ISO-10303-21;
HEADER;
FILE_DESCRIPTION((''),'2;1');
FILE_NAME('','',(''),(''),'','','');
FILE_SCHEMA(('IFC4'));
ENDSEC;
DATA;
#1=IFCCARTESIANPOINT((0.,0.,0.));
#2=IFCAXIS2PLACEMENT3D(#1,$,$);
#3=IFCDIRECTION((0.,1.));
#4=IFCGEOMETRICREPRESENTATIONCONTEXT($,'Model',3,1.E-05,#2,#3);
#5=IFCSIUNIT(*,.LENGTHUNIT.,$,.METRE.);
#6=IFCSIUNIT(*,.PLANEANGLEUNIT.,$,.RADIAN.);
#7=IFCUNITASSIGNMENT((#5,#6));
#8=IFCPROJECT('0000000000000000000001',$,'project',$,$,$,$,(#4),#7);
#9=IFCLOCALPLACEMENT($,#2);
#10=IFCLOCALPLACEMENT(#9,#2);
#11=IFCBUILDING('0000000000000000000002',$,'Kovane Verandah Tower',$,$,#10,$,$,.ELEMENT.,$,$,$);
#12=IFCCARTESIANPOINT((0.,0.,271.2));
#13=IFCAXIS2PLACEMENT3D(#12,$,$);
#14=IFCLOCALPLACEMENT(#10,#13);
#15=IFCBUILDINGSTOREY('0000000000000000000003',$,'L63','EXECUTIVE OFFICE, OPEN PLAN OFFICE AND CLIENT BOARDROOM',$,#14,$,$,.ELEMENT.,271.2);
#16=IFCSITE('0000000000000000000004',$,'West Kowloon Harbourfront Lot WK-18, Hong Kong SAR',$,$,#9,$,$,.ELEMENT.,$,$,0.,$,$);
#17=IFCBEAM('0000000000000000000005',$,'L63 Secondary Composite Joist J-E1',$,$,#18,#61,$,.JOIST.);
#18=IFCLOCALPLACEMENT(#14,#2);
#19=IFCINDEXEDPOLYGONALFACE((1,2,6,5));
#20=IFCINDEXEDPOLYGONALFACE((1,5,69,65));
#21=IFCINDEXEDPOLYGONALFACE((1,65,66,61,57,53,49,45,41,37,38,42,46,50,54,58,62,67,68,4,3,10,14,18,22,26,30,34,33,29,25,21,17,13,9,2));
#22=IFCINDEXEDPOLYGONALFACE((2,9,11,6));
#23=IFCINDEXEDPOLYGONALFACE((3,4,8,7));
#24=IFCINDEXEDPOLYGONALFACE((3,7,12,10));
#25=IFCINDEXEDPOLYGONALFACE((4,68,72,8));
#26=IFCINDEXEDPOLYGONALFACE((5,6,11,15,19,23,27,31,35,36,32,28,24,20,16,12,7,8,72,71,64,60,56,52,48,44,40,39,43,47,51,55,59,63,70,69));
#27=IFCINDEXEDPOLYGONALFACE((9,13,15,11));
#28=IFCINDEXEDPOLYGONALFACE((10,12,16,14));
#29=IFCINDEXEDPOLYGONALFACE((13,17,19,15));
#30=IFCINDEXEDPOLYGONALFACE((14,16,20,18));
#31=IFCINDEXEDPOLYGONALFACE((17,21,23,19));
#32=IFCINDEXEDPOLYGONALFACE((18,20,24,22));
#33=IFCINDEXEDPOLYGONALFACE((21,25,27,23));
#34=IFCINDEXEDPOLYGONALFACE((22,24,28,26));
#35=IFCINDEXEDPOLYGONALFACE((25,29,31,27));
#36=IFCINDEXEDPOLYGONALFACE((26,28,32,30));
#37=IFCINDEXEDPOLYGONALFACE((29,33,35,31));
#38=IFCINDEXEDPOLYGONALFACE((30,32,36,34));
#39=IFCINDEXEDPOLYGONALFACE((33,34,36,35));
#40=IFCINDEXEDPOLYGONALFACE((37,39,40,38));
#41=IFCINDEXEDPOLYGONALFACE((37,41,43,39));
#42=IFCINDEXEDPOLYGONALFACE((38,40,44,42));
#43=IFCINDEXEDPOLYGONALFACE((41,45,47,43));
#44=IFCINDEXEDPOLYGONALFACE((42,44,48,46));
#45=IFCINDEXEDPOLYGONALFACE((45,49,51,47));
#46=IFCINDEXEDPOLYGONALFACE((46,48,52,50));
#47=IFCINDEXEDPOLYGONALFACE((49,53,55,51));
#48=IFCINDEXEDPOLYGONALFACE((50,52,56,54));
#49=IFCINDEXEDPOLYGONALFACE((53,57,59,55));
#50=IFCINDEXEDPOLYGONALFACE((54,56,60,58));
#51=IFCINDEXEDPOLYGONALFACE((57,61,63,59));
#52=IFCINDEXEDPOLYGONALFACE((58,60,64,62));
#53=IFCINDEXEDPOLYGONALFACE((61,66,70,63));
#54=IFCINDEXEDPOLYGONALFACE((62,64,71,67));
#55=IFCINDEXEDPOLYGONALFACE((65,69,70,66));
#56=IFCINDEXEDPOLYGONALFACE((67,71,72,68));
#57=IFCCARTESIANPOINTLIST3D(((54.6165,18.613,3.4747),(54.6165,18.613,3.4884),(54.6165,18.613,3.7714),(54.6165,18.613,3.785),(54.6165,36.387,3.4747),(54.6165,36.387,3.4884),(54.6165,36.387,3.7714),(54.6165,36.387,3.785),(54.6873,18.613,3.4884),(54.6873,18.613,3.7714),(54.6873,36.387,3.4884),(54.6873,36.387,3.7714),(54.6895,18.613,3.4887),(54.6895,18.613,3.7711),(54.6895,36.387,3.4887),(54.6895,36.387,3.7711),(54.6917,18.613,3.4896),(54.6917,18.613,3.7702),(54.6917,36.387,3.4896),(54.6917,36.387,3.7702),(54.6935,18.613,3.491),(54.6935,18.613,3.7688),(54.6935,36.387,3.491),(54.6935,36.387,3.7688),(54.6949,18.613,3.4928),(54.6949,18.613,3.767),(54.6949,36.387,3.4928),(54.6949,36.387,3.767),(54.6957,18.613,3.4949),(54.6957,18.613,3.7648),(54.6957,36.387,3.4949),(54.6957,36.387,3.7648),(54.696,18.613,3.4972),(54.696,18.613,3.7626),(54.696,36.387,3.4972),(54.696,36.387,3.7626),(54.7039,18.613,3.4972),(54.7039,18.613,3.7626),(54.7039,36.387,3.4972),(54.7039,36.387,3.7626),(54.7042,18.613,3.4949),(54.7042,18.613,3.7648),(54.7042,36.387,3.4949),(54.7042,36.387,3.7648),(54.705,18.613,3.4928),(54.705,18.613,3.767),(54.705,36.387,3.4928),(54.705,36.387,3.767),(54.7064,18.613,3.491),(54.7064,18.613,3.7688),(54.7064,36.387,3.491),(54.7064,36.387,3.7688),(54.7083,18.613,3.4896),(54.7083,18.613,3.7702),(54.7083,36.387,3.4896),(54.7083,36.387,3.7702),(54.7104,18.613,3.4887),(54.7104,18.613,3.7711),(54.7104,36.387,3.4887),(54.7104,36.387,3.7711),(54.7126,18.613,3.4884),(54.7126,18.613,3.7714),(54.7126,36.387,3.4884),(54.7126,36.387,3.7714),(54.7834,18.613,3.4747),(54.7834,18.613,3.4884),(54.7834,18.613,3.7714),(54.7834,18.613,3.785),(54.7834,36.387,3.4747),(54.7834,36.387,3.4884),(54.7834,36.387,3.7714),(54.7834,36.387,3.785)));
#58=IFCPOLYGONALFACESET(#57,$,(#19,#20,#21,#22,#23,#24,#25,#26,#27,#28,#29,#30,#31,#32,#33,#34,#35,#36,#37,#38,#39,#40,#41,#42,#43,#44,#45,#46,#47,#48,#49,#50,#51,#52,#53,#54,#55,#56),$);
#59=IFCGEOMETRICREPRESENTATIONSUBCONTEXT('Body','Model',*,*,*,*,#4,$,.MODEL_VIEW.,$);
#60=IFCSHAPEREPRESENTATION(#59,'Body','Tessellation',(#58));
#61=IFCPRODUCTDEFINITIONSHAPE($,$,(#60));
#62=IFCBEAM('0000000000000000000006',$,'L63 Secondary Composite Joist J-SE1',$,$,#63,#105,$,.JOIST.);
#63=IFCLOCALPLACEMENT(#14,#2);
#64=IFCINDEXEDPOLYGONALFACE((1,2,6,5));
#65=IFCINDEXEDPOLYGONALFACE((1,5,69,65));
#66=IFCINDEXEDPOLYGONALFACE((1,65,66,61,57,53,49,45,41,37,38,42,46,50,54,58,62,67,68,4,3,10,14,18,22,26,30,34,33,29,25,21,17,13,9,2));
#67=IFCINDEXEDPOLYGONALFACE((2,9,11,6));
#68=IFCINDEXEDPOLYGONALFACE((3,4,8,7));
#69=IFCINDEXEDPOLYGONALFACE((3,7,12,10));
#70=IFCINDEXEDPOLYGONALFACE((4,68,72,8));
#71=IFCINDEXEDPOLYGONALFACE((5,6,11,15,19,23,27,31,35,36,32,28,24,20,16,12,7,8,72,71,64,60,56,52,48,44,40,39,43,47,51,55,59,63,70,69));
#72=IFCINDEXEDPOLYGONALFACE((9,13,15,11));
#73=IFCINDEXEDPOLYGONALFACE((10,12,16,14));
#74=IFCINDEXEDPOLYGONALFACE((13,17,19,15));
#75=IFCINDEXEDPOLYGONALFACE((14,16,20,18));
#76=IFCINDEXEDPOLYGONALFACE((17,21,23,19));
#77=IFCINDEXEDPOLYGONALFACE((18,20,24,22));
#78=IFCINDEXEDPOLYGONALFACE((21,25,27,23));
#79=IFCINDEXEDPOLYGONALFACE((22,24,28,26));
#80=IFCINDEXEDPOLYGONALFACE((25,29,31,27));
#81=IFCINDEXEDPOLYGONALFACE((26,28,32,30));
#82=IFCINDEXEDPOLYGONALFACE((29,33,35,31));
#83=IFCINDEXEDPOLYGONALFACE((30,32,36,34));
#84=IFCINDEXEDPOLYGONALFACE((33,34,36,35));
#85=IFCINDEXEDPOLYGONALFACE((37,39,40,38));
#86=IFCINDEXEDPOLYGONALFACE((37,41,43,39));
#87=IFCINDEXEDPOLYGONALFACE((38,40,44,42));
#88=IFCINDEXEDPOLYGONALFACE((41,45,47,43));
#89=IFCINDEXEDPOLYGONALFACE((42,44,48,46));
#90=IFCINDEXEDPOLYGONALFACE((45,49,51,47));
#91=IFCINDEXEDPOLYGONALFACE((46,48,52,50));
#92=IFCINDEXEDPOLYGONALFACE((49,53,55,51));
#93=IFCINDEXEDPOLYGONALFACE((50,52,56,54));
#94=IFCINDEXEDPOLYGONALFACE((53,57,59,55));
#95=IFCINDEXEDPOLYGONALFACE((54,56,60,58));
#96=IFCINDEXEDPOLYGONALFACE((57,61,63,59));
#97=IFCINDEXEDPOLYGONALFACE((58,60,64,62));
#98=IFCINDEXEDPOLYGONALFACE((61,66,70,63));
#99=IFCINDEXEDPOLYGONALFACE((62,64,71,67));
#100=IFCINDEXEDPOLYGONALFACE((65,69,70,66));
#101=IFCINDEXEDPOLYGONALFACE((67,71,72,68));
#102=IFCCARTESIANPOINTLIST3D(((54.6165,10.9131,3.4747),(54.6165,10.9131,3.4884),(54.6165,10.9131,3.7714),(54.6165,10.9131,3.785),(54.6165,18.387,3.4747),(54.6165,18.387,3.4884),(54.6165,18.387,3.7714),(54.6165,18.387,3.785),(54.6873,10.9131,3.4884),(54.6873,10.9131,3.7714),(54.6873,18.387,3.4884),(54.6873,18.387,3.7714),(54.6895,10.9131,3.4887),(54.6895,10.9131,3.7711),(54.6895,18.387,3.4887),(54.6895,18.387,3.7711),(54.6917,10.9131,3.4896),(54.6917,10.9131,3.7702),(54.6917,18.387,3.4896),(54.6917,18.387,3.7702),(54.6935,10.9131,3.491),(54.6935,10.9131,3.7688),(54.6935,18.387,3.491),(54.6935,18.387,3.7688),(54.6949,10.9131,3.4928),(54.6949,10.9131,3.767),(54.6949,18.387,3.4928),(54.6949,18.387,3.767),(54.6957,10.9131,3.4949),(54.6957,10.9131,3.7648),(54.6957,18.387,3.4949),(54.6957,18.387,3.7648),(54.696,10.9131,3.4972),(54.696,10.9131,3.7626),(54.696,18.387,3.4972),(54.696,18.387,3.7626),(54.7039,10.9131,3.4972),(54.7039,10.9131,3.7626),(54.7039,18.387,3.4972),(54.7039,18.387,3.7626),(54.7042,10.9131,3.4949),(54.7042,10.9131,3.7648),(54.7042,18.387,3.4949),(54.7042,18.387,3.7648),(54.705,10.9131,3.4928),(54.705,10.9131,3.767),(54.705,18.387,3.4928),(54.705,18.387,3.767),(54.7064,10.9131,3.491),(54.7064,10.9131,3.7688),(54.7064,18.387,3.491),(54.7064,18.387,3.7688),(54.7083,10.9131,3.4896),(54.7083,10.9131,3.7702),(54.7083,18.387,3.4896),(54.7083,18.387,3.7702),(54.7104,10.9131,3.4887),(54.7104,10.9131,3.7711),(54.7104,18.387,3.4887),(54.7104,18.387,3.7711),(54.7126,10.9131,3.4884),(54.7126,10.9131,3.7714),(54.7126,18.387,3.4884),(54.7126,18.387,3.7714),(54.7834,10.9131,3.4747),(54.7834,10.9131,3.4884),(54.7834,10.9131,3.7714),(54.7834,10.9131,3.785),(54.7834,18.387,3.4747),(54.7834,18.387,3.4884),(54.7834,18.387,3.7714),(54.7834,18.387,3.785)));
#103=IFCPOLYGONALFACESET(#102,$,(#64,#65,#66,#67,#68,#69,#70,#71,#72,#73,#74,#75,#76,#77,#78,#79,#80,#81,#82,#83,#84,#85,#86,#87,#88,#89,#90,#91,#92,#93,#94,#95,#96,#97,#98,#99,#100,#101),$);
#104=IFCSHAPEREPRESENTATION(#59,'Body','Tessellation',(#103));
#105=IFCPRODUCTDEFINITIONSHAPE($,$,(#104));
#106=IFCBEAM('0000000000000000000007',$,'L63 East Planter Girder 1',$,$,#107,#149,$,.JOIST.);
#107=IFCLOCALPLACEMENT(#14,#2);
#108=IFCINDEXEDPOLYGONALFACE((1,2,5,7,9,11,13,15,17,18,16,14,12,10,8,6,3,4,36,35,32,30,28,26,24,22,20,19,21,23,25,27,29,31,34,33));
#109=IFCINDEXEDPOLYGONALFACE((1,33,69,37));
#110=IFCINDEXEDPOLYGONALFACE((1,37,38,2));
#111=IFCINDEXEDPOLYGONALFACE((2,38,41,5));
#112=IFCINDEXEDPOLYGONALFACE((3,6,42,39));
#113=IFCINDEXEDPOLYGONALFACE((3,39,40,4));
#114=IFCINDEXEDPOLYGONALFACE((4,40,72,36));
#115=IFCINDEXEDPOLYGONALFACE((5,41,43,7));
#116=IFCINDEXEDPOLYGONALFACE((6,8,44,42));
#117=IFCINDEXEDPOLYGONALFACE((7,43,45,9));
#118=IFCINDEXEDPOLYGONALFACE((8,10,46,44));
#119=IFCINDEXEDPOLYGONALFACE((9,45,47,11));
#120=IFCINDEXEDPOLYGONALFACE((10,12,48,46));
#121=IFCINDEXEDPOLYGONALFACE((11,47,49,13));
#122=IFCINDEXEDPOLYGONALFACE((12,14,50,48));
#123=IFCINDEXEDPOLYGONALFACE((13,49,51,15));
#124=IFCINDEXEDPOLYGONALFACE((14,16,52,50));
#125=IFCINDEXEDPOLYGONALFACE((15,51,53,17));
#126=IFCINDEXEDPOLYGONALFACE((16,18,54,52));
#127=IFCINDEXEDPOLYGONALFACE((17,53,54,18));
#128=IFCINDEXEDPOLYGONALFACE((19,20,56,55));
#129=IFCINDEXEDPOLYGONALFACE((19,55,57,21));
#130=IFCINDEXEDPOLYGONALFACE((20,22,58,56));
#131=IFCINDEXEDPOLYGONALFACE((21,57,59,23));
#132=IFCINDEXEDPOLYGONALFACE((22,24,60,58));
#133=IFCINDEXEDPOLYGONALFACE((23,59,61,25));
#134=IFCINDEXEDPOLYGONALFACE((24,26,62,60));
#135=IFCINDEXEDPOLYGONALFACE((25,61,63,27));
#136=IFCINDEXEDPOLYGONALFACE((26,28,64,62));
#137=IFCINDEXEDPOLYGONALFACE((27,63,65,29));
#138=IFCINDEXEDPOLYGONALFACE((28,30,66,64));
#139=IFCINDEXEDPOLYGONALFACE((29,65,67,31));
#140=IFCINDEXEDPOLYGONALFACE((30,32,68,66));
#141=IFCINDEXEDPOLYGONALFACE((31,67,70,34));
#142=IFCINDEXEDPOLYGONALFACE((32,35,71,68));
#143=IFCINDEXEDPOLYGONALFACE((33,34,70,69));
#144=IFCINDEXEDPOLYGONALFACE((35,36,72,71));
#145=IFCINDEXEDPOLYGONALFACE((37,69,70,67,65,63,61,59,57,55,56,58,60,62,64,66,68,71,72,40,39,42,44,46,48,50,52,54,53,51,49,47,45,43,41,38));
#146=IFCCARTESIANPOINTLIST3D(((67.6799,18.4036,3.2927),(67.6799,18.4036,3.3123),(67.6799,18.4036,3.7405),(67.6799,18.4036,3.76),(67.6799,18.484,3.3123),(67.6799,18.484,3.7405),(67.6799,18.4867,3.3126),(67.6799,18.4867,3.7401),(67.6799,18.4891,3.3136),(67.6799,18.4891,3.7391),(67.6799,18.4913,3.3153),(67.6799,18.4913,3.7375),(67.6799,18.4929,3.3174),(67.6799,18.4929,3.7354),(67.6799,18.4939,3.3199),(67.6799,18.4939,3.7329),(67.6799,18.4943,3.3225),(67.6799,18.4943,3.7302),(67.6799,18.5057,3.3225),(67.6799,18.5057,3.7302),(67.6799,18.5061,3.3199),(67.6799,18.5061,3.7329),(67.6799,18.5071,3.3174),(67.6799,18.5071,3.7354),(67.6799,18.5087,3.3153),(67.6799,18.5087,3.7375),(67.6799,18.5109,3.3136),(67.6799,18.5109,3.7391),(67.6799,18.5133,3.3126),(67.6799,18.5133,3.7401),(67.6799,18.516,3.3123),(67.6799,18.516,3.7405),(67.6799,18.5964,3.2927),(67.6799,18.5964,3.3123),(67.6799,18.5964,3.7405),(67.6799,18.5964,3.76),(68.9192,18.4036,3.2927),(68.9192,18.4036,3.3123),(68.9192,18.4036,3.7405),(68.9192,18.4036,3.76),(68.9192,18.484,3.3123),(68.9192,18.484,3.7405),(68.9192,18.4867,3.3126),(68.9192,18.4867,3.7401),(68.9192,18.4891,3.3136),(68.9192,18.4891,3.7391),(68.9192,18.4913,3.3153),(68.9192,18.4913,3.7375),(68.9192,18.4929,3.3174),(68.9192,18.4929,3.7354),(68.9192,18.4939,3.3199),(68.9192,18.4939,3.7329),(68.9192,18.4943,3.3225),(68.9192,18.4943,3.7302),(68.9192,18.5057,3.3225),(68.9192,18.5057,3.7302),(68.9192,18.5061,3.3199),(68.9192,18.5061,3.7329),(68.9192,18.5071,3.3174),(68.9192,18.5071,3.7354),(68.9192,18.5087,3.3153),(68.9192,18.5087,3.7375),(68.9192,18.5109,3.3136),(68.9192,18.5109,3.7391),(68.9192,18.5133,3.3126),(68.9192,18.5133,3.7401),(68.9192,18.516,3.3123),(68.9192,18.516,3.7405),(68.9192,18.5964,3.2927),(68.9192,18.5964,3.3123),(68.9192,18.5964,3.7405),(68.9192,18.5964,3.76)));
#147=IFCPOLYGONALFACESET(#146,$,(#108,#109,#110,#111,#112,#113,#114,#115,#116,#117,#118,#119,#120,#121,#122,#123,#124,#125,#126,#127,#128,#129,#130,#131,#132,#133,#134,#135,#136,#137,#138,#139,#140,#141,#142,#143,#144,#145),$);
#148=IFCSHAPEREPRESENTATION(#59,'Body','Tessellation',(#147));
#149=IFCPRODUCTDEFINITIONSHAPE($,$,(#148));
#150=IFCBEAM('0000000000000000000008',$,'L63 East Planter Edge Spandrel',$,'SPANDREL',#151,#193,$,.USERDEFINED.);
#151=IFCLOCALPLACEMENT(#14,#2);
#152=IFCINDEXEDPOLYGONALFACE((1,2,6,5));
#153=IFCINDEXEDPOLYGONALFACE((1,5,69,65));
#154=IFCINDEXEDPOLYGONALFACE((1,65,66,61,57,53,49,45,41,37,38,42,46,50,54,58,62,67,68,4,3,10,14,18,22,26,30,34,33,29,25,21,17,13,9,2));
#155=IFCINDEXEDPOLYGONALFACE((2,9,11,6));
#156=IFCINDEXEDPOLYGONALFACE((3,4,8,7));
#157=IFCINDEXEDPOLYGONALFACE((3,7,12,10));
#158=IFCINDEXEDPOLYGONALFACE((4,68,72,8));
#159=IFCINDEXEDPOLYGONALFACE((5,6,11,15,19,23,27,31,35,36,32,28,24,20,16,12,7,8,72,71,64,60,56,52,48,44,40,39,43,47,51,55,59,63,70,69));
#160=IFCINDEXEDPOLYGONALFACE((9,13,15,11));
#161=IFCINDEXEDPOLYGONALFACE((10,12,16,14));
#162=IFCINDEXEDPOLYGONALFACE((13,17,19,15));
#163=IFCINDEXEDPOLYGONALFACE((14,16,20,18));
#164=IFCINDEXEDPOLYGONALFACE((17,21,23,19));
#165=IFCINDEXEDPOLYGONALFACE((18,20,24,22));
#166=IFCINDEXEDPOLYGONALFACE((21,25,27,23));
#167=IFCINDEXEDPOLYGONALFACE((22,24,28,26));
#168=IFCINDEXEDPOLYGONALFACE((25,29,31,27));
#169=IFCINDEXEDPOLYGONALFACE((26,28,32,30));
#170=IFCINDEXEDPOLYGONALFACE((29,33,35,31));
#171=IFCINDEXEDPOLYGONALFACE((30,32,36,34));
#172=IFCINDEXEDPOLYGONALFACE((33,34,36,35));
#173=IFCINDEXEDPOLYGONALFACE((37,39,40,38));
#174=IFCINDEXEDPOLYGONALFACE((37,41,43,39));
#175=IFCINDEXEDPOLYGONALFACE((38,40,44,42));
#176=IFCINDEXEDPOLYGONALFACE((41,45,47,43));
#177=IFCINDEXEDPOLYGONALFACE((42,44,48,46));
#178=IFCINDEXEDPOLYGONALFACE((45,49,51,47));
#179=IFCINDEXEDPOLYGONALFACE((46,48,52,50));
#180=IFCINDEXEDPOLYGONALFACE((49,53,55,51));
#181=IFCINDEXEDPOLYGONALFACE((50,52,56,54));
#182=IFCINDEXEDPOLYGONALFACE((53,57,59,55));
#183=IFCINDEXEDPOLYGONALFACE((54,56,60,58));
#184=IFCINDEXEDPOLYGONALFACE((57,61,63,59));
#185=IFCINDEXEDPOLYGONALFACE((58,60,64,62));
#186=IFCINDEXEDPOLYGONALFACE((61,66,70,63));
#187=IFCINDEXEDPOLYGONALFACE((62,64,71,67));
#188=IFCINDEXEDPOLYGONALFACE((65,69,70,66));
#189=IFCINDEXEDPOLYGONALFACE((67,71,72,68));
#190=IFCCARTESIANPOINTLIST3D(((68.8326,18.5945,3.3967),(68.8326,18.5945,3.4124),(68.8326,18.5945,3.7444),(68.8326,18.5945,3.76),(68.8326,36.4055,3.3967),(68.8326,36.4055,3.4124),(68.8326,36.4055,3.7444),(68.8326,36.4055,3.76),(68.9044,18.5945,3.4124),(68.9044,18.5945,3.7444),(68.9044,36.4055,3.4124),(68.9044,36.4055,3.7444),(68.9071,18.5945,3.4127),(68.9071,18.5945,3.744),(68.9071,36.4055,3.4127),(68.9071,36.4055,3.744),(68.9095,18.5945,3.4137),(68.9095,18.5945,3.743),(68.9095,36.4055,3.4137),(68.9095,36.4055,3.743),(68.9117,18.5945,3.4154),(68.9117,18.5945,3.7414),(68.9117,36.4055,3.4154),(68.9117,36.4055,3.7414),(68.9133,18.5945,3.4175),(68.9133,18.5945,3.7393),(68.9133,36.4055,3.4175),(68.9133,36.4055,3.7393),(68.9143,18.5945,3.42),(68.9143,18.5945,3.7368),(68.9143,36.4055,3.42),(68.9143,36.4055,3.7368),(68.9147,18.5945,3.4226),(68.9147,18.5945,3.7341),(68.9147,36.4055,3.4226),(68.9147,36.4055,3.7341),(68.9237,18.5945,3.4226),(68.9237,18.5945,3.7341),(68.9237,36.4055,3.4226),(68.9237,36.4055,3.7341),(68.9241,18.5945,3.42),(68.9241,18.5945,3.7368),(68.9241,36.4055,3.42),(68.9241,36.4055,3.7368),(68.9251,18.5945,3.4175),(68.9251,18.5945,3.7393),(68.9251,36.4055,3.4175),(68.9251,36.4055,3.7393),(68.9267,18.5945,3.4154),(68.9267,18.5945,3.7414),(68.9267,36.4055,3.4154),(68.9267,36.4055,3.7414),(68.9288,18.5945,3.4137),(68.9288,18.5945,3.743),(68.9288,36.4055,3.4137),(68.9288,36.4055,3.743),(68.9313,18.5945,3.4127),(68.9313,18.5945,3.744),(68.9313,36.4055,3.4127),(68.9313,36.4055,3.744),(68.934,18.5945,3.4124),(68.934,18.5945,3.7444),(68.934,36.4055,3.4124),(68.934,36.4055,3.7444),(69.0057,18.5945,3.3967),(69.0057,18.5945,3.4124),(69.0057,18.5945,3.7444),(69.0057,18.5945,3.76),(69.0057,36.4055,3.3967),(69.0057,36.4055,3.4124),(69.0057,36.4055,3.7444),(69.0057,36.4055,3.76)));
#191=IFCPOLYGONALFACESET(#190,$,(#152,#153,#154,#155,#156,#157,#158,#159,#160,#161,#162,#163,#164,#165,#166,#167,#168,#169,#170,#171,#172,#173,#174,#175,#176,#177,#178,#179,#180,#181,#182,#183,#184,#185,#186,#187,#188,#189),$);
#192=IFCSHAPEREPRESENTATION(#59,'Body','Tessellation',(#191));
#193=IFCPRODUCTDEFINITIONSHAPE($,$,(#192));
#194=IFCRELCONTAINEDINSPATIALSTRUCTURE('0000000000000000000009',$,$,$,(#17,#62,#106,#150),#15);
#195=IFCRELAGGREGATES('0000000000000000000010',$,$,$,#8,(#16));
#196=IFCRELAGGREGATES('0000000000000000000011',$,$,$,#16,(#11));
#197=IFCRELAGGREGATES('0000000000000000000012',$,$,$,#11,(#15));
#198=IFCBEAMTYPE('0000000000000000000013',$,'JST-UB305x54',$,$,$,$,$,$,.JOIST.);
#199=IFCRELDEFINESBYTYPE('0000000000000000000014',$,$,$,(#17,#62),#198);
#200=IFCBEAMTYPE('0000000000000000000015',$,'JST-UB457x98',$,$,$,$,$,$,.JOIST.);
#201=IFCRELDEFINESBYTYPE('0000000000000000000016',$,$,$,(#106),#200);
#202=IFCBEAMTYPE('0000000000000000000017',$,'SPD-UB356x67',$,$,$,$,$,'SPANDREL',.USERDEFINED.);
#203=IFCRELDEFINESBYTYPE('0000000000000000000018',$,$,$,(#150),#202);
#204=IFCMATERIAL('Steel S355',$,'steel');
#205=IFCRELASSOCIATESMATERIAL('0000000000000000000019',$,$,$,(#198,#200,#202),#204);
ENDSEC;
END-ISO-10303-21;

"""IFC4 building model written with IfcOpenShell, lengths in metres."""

from ifc_helpers import new_model, si_unit, direction, frame, origin, origin_2d, place, context, subcontext, project, spatial, i_section, extrude, material, material_profile, profile_set, type_object, element, save


model = new_model("IFC4")

# Units and contexts
model_context = context("Model", 3, precision=1e-05, world=origin(), true_north=direction((0.0, 1.0)))
body_context = subcontext(model_context, "Body", "Model", "MODEL_VIEW")
ifc_project = project(units=[si_unit("LENGTHUNIT", "METRE"), si_unit("PLANEANGLEUNIT", "RADIAN")], contexts=[model_context])

# Site, building, storey
site_placement = place(None, origin())
site = spatial("IfcSite", under=ifc_project, at=site_placement, Name="West Kowloon Harbourfront Lot WK-18, Hong Kong SAR", CompositionType="ELEMENT", RefElevation=0.0)
building_placement = place(site_placement, origin())
building = spatial("IfcBuilding", under=site, at=building_placement, Name="Kovane Verandah Tower", CompositionType="ELEMENT")
storey_placement = place(building_placement, frame((0.0, 0.0, 271.2)))
storey = spatial("IfcBuildingStorey", under=building, at=storey_placement, Name="L63", Description="EXECUTIVE OFFICE, OPEN PLAN OFFICE AND CLIENT BOARDROOM", CompositionType="ELEMENT", Elevation=271.2)

# Beams
ifc_material_1 = material(Name="Steel S355", Category="steel")
ifc_material_profile_1 = material_profile(ifc_material_1, i_section(OverallWidth=0.167, OverallDepth=0.3103, WebThickness=0.0078, FlangeThickness=0.0137, FilletRadius=0.0088, at=origin_2d()), Name="UB305x165x54")
ifc_profile_set_1 = profile_set([ifc_material_profile_1], Name="Steel S355")
beam_type_1 = type_object("IfcBeamType", Name="JST-UB305x54", PredefinedType="JOIST", material=ifc_profile_set_1)
beam_1_placement = place(storey_placement, frame((54.7, 18.613, 3.6299), z_axis=(0.0, 1.0, 0.0), x_axis=(-1.0, 0.0, 0.0)))
element("IfcBeam", 1, at=beam_1_placement, inside=storey, type_object=beam_type_1, Name="L63 Secondary Composite Joist J-E1", PredefinedType="JOIST", context=body_context, shape_type="SweptSolid", body=[
    extrude(i_section(OverallWidth=0.167, OverallDepth=0.3103, WebThickness=0.0078, FlangeThickness=0.0137, FilletRadius=0.0088, at=origin_2d()), origin(), (0.0, 0.0, 1.0), 17.7739),
])
beam_2_placement = place(storey_placement, frame((54.7, 10.9131, 3.6299), z_axis=(0.0, 1.0, 0.0), x_axis=(-1.0, 0.0, 0.0)))
element("IfcBeam", 2, at=beam_2_placement, inside=storey, type_object=beam_type_1, Name="L63 Secondary Composite Joist J-SE1", PredefinedType="JOIST", context=body_context, shape_type="SweptSolid", body=[
    extrude(i_section(OverallWidth=0.167, OverallDepth=0.3103, WebThickness=0.0078, FlangeThickness=0.0137, FilletRadius=0.0088, at=origin_2d()), origin(), (0.0, 0.0, 1.0), 7.4739),
])
ifc_material_profile_2 = material_profile(ifc_material_1, i_section(OverallWidth=0.1929, OverallDepth=0.4673, WebThickness=0.0115, FlangeThickness=0.0195, FilletRadius=0.0103, at=origin_2d()), Name="UB457x191x98")
ifc_profile_set_2 = profile_set([ifc_material_profile_2], Name="Steel S355")
beam_type_2 = type_object("IfcBeamType", Name="JST-UB457x98", PredefinedType="JOIST", material=ifc_profile_set_2)
beam_3_placement = place(storey_placement, frame((67.6799, 18.5, 3.5264), z_axis=(1.0, 0.0, 0.0), x_axis=(0.0, 1.0, 0.0)))
element("IfcBeam", 3, at=beam_3_placement, inside=storey, type_object=beam_type_2, Name="L63 East Planter Girder 1", PredefinedType="JOIST", context=body_context, shape_type="SweptSolid", body=[
    extrude(i_section(OverallWidth=0.1929, OverallDepth=0.4673, WebThickness=0.0115, FlangeThickness=0.0195, FilletRadius=0.0103, at=origin_2d()), origin(), (0.0, 0.0, 1.0), 1.2393),
])
ifc_material_profile_3 = material_profile(ifc_material_1, i_section(OverallWidth=0.1731, OverallDepth=0.3633, WebThickness=0.009, FlangeThickness=0.0156, FilletRadius=0.0103, at=origin_2d()), Name="UB356x171x67")
ifc_profile_set_3 = profile_set([ifc_material_profile_3], Name="Steel S355")
beam_type_3 = type_object("IfcBeamType", Name="SPD-UB356x67", ElementType="SPANDREL", PredefinedType="USERDEFINED", material=ifc_profile_set_3)
beam_4_placement = place(storey_placement, frame((68.9192, 18.5945, 3.5784), z_axis=(0.0, 1.0, 0.0), x_axis=(-1.0, 0.0, 0.0)))
element("IfcBeam", 4, at=beam_4_placement, inside=storey, type_object=beam_type_3, Name="L63 East Planter Edge Spandrel", ObjectType="SPANDREL", PredefinedType="USERDEFINED", context=body_context, shape_type="SweptSolid", body=[
    extrude(i_section(OverallWidth=0.1731, OverallDepth=0.3633, WebThickness=0.009, FlangeThickness=0.0156, FilletRadius=0.0103, at=origin_2d()), origin(), (0.0, 0.0, 1.0), 17.811),
])

save(model, "model.ifc")
